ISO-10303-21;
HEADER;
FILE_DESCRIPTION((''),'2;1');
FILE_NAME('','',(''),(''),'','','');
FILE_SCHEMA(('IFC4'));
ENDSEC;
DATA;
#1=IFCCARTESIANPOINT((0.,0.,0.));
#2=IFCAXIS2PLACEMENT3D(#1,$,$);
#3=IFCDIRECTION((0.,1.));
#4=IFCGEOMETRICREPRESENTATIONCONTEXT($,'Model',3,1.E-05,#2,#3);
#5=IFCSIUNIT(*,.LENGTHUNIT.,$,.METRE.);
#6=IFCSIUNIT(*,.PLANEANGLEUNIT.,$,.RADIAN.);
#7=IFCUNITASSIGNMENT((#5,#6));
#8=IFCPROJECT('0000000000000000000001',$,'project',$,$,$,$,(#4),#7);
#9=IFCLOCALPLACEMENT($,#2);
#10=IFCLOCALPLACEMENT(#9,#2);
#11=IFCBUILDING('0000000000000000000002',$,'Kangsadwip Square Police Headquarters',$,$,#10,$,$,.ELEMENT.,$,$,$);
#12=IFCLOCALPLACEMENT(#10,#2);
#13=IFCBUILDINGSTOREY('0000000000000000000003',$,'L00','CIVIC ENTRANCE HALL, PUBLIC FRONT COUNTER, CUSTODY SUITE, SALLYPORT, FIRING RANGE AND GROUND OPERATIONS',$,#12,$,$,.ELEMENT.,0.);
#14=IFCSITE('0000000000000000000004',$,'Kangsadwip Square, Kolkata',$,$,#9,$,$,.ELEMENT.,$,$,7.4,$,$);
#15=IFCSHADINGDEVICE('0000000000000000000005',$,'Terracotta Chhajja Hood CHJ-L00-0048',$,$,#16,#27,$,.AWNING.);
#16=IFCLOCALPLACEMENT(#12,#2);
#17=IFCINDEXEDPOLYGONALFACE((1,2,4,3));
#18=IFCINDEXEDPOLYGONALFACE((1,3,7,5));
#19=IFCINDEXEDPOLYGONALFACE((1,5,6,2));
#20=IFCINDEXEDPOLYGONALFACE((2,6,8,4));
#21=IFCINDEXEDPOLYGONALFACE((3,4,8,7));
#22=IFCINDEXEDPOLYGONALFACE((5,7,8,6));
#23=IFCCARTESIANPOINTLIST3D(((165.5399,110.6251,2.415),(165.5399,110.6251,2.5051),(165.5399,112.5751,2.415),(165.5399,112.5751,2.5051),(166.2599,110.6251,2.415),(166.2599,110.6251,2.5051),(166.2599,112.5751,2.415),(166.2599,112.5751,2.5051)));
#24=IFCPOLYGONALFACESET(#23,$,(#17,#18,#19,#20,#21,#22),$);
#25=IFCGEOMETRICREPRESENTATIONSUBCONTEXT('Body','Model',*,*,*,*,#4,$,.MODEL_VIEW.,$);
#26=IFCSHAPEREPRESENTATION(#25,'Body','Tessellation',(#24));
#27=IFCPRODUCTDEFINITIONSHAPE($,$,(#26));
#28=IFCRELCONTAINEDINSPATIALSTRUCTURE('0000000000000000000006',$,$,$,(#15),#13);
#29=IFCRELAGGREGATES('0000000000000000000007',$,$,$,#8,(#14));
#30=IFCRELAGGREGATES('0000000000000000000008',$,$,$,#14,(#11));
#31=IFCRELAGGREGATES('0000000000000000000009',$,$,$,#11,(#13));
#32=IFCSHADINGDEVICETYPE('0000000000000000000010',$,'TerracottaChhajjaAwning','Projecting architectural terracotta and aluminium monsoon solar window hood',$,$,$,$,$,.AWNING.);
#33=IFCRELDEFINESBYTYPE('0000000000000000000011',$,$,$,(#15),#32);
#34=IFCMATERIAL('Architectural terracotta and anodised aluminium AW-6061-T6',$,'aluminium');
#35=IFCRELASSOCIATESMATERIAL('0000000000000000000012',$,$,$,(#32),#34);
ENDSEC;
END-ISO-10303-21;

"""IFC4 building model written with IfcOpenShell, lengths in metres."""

from ifc_helpers import new_model, si_unit, direction, frame, origin, origin_2d, place, context, subcontext, project, spatial, rectangle, extrude, material, type_object, element, save


model = new_model("IFC4")

# Units and contexts
model_context = context("Model", 3, precision=1e-05, world=origin(), true_north=direction((0.0, 1.0)))
body_context = subcontext(model_context, "Body", "Model", "MODEL_VIEW")
ifc_project = project(units=[si_unit("LENGTHUNIT", "METRE"), si_unit("PLANEANGLEUNIT", "RADIAN")], contexts=[model_context])

# Site, building, storey
site_placement = place(None, origin())
site = spatial("IfcSite", under=ifc_project, at=site_placement, Name="Kangsadwip Square, Kolkata", CompositionType="ELEMENT", RefElevation=7.4)
building_placement = place(site_placement, origin())
building = spatial("IfcBuilding", under=site, at=building_placement, Name="Kangsadwip Square Police Headquarters", CompositionType="ELEMENT")
storey_placement = place(building_placement, origin())
storey = spatial("IfcBuildingStorey", under=building, at=storey_placement, Name="L00", Description="CIVIC ENTRANCE HALL, PUBLIC FRONT COUNTER, CUSTODY SUITE, SALLYPORT, FIRING RANGE AND GROUND OPERATIONS", CompositionType="ELEMENT", Elevation=0.0)

# Shading device
ifc_material_1 = material(Name="Architectural terracotta and anodised aluminium AW-6061-T6", Category="aluminium")
shading_device_type = type_object("IfcShadingDeviceType", Name="TerracottaChhajjaAwning", Description="Projecting architectural terracotta and aluminium monsoon solar window hood", PredefinedType="AWNING", material=ifc_material_1)
shading_device_placement = place(storey_placement, frame((165.8999, 111.6001, 2.415), z_axis=(0.0, 0.0, 1.0), x_axis=(0.0, 1.0, 0.0)))
element("IfcShadingDevice", 1, at=shading_device_placement, inside=storey, type_object=shading_device_type, Name="Terracotta Chhajja Hood CHJ-L00-0048", PredefinedType="AWNING", context=body_context, shape_type="SweptSolid", body=[
    extrude(rectangle(XDim=1.95, YDim=0.72, at=origin_2d()), origin(), (0.0, 0.0, 1.0), 0.0901),
])

save(model, "model.ifc")
